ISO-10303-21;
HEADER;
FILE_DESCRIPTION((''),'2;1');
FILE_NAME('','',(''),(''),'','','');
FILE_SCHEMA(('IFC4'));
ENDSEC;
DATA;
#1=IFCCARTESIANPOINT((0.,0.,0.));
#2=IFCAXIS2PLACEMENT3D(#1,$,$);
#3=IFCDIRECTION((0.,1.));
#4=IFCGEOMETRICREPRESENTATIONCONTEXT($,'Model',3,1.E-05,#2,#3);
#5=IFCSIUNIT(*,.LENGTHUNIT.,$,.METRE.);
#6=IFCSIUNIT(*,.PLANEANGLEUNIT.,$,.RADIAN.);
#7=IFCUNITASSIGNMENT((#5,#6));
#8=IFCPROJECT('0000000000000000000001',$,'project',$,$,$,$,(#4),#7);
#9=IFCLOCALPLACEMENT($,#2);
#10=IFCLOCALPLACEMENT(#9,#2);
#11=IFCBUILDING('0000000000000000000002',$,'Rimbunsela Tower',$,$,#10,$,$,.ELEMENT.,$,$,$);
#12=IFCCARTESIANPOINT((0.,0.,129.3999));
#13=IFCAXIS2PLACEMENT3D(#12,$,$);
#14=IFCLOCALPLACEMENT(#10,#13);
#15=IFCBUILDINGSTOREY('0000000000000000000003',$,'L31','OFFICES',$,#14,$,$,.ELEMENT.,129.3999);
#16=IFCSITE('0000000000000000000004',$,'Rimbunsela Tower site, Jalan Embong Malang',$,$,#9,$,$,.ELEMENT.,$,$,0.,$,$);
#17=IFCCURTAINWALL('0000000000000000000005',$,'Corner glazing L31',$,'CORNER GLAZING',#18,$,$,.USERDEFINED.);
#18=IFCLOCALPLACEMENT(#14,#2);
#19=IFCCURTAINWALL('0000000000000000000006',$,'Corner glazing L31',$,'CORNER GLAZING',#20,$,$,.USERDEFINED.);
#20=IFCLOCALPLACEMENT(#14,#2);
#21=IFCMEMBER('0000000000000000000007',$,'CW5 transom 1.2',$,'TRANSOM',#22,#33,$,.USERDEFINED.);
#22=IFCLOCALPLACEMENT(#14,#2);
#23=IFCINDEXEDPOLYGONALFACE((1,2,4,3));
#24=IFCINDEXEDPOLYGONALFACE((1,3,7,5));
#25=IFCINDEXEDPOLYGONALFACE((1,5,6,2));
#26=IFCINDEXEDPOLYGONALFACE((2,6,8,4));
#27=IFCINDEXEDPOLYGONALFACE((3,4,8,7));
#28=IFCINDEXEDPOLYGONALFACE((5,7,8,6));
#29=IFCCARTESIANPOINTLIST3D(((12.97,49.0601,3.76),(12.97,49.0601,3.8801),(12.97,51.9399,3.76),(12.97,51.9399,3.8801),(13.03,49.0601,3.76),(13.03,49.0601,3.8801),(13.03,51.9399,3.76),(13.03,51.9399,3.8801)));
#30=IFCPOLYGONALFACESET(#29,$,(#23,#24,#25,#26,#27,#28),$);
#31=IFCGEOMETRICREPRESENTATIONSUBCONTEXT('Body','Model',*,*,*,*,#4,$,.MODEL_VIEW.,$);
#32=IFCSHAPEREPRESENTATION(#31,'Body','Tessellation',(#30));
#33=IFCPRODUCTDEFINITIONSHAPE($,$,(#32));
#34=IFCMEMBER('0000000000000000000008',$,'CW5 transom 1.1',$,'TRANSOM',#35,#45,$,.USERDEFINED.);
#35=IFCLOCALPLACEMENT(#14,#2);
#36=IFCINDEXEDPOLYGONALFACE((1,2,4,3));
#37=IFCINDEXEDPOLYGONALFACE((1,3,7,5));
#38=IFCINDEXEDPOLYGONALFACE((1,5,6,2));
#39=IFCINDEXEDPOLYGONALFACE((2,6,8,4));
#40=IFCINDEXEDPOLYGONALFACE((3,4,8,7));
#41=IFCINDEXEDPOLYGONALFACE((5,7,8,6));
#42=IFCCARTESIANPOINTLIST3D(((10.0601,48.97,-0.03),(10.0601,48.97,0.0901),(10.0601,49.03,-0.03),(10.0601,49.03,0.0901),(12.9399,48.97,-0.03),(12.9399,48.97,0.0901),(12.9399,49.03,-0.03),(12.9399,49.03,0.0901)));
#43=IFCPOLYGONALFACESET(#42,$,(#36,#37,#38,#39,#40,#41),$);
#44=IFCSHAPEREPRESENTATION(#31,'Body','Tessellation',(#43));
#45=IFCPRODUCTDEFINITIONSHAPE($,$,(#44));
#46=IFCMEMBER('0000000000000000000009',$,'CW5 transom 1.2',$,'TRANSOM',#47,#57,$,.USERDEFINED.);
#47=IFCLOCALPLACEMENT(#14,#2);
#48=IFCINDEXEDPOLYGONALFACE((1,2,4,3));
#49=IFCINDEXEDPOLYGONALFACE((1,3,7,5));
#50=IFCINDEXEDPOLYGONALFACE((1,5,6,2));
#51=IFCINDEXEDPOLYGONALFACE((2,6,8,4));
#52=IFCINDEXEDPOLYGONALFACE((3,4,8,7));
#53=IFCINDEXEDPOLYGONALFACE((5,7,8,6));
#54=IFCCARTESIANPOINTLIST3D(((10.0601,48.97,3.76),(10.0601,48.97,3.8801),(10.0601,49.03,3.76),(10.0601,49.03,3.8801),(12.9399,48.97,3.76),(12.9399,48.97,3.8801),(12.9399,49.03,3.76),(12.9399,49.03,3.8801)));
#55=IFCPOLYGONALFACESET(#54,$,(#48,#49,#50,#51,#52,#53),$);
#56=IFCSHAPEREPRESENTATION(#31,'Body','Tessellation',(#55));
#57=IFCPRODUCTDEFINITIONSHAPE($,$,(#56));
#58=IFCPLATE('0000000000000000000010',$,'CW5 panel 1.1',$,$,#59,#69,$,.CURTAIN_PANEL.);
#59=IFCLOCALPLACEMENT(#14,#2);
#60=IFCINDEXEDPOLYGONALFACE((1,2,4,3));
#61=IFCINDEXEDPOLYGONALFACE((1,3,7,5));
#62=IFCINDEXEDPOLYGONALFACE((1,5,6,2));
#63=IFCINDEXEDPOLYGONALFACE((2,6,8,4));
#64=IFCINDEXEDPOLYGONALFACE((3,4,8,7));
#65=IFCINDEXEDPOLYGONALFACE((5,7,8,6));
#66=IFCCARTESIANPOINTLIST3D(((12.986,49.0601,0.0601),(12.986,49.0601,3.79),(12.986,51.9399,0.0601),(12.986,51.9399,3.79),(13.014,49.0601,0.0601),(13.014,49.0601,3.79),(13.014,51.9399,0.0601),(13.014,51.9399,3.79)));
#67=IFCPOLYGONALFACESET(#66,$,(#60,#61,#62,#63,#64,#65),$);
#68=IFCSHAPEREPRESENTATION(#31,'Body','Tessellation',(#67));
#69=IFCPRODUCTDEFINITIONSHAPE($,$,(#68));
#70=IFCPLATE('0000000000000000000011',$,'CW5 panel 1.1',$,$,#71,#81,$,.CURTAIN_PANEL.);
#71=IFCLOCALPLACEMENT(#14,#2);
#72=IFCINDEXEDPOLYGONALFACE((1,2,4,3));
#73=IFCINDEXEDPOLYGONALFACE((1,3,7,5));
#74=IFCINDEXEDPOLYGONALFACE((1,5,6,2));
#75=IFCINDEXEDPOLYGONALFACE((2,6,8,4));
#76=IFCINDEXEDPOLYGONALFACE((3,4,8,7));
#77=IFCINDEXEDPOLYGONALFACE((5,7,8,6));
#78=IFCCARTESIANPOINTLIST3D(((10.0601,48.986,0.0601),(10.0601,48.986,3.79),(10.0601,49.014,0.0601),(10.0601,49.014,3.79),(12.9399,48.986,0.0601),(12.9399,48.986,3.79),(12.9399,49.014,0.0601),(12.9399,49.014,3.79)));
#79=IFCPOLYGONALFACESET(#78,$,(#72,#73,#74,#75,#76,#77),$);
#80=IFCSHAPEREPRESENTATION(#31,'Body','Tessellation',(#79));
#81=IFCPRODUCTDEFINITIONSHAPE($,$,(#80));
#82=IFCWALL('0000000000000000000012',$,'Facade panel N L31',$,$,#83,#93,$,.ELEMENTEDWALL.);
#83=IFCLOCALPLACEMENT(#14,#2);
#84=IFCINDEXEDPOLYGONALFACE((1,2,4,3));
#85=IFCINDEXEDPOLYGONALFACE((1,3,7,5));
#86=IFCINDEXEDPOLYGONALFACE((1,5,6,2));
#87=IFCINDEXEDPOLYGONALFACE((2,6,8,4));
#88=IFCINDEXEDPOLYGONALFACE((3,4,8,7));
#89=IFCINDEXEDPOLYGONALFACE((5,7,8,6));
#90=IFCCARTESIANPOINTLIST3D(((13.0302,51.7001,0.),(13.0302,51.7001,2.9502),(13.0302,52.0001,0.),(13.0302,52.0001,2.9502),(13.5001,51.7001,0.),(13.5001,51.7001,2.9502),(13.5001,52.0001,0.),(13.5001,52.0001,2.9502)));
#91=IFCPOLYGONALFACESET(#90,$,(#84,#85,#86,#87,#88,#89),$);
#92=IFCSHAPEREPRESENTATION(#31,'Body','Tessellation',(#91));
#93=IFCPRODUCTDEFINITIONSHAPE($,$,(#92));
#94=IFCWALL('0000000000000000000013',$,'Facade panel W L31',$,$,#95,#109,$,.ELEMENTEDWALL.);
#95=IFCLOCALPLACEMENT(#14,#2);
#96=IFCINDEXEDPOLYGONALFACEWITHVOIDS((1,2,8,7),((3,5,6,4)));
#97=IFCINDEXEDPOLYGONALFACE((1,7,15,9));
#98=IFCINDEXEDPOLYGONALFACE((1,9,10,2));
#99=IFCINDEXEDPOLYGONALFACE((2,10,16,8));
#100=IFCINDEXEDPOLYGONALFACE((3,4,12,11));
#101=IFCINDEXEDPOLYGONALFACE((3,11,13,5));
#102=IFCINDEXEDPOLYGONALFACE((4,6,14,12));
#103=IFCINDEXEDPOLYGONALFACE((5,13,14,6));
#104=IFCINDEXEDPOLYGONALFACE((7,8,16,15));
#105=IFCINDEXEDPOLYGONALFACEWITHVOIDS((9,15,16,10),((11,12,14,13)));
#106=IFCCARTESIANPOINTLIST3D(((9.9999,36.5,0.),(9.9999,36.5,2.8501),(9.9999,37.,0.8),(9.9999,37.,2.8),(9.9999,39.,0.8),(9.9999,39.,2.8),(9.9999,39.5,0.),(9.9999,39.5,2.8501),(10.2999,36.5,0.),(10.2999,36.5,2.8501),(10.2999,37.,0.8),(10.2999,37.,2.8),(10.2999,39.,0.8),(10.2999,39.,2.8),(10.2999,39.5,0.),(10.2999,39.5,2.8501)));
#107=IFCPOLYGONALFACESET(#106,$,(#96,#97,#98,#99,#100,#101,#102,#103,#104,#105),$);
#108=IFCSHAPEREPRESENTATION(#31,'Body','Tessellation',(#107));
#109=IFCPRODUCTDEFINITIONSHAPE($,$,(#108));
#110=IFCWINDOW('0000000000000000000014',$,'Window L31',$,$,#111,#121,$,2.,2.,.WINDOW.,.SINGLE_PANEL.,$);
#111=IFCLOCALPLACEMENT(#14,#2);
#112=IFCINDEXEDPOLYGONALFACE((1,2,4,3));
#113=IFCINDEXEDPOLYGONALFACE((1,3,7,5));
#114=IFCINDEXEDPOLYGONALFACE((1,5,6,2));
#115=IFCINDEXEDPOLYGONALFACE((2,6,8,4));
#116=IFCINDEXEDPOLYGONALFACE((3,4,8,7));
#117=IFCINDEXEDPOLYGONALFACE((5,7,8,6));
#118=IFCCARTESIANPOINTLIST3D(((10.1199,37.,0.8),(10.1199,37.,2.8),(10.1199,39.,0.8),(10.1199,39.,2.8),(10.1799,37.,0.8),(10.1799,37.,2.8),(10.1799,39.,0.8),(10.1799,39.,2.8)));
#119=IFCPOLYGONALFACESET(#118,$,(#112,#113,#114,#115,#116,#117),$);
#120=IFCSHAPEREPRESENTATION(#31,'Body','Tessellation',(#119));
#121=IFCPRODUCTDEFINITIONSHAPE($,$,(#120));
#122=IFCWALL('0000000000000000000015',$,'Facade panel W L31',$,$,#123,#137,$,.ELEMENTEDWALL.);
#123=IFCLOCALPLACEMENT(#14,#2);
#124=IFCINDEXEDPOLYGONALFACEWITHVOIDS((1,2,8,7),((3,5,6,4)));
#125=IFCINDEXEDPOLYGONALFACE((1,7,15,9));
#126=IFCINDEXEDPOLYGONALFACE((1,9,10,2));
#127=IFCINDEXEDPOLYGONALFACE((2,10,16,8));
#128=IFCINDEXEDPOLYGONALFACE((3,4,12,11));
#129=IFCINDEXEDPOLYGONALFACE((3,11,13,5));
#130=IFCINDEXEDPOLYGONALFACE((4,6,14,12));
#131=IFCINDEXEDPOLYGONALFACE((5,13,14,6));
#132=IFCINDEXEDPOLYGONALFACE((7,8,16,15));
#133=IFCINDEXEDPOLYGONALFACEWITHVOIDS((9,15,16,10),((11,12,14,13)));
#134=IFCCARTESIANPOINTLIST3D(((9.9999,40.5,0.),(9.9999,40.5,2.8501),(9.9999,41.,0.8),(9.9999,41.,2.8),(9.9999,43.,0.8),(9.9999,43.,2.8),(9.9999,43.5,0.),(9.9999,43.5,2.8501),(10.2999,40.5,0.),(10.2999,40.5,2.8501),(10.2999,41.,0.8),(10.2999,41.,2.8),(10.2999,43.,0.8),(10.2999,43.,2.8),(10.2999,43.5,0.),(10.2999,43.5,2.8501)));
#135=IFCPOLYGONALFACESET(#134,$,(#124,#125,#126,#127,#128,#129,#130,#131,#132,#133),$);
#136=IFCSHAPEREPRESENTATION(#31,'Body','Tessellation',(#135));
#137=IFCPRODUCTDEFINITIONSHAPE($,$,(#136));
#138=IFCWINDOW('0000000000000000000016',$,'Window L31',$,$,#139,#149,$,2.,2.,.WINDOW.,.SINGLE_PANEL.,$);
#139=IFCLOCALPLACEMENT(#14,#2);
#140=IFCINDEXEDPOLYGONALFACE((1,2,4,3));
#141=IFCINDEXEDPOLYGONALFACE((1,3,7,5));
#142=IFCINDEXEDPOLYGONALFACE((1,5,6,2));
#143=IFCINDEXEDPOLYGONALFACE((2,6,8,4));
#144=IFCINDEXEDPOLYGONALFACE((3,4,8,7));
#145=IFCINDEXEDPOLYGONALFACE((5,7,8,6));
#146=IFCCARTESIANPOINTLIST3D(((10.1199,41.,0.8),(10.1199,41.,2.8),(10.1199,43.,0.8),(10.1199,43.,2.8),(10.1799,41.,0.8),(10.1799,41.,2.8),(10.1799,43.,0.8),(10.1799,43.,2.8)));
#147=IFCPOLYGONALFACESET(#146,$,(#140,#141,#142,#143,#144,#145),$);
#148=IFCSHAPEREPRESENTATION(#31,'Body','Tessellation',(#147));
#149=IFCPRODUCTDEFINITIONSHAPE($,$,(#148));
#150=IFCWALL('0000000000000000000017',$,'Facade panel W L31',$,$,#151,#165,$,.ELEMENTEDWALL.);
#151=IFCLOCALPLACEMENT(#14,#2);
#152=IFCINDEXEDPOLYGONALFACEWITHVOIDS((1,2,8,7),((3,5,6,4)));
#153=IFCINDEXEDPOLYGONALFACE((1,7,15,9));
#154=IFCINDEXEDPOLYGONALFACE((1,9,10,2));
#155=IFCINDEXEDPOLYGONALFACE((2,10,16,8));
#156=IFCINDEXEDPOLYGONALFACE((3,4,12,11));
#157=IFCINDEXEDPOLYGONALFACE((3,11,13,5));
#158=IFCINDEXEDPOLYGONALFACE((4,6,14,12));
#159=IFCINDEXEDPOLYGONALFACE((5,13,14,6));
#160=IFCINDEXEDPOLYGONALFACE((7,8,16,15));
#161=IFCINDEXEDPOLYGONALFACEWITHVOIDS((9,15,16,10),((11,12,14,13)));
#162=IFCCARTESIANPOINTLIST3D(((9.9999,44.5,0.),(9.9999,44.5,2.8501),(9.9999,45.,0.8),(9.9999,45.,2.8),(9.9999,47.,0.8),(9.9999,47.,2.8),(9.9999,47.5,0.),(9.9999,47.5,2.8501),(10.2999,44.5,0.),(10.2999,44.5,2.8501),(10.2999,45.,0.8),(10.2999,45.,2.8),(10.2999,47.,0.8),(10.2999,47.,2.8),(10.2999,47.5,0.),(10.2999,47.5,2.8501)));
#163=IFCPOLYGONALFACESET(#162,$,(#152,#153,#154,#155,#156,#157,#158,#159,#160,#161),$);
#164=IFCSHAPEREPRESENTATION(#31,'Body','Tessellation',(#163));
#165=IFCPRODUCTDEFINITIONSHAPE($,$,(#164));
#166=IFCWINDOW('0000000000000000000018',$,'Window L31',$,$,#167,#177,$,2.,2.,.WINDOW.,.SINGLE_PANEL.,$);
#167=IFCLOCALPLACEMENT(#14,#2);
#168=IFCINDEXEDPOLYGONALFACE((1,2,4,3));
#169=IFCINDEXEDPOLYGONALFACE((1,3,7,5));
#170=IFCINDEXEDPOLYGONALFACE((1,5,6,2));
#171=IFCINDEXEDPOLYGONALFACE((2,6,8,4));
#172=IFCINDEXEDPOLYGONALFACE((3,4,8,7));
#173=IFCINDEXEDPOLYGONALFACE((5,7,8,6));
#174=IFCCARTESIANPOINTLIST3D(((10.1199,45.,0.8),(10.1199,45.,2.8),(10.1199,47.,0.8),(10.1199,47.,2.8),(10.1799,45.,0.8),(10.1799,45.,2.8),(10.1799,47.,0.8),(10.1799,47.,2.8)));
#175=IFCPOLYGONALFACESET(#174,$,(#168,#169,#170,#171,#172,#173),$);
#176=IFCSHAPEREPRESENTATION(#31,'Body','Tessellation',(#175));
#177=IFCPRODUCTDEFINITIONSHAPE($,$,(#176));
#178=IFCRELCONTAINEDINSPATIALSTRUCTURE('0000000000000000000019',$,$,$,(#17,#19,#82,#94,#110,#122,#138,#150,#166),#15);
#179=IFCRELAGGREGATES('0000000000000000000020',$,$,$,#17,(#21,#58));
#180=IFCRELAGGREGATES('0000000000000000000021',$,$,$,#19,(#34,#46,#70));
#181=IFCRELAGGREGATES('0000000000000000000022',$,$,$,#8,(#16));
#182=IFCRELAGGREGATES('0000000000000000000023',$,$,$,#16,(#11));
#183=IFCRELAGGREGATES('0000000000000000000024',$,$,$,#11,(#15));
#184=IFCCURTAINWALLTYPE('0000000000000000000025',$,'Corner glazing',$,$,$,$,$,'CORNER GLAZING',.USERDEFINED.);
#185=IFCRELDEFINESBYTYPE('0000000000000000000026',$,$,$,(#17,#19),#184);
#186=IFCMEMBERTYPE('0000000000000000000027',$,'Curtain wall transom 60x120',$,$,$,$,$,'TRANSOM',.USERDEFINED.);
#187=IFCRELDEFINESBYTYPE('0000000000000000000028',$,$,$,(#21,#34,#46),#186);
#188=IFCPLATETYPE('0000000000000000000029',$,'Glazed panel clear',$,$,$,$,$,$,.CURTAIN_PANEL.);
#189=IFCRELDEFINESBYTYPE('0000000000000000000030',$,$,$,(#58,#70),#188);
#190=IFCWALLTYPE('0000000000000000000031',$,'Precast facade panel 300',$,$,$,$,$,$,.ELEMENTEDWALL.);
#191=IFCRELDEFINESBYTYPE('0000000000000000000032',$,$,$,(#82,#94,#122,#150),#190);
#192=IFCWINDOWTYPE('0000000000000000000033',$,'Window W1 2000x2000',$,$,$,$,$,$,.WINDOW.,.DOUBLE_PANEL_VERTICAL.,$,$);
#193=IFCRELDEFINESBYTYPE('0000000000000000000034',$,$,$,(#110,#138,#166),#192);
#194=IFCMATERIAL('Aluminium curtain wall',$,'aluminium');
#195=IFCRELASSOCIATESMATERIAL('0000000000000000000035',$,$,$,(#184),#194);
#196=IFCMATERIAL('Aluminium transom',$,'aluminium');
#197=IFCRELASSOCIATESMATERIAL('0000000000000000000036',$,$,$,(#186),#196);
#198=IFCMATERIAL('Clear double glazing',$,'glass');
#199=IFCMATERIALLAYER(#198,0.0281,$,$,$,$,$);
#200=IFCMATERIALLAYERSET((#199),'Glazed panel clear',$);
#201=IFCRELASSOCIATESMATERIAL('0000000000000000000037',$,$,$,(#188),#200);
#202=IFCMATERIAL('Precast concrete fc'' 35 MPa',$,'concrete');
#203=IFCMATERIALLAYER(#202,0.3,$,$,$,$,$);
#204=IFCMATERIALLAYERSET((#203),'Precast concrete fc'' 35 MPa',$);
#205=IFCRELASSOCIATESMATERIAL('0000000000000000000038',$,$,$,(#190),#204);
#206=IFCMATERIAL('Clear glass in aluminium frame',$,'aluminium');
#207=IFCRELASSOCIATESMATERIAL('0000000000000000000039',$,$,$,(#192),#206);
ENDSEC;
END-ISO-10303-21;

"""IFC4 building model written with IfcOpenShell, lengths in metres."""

from ifc_helpers import new_model, si_unit, direction, frame, frame_2d, origin, origin_2d, place, context, subcontext, project, spatial, rectangle, extrude, material, layer, layer_set, material_profile, profile_set, type_object, element, fill, aggregate, save


model = new_model("IFC4")

# Units and contexts
model_context = context("Model", 3, precision=1e-05, world=origin(), true_north=direction((0.0, 1.0)))
body_context = subcontext(model_context, "Body", "Model", "MODEL_VIEW")
ifc_project = project(units=[si_unit("LENGTHUNIT", "METRE"), si_unit("PLANEANGLEUNIT", "RADIAN")], contexts=[model_context])

# Site, building, storey
site_placement = place(None, origin())
site = spatial("IfcSite", under=ifc_project, at=site_placement, Name="Rimbunsela Tower site, Jalan Embong Malang", CompositionType="ELEMENT", RefElevation=0.0)
building_placement = place(site_placement, origin())
building = spatial("IfcBuilding", under=site, at=building_placement, Name="Rimbunsela Tower", CompositionType="ELEMENT")
storey_placement = place(building_placement, frame((0.0, 0.0, 129.3999)))
storey = spatial("IfcBuildingStorey", under=building, at=storey_placement, Name="L31", Description="OFFICES", CompositionType="ELEMENT", Elevation=129.3999)

# Curtain walls
ifc_material_1 = material(Name="Aluminium curtain wall", Category="aluminium")
curtain_wall_type = type_object("IfcCurtainWallType", Name="Corner glazing", ElementType="CORNER GLAZING", PredefinedType="USERDEFINED", material=ifc_material_1)
curtain_wall_1_placement = place(storey_placement, origin())
curtain_wall_1 = element("IfcCurtainWall", 1, at=curtain_wall_1_placement, inside=storey, type_object=curtain_wall_type, Name="Corner glazing L31", ObjectType="CORNER GLAZING", PredefinedType="USERDEFINED")
curtain_wall_2_placement = place(storey_placement, origin())
curtain_wall_2 = element("IfcCurtainWall", 2, at=curtain_wall_2_placement, inside=storey, type_object=curtain_wall_type, Name="Corner glazing L31", ObjectType="CORNER GLAZING", PredefinedType="USERDEFINED")

# Members
ifc_material_2 = material(Name="Aluminium transom", Category="aluminium")
ifc_material_profile_1 = material_profile(ifc_material_2, rectangle(XDim=0.0601, YDim=0.1201, at=origin_2d()), Name="Transom 60x120")
ifc_profile_set_1 = profile_set([ifc_material_profile_1], Name="Aluminium transom")
member_type_1 = type_object("IfcMemberType", Name="Curtain wall transom 60x120", ElementType="TRANSOM", PredefinedType="USERDEFINED", material=ifc_profile_set_1)
member_1_placement = place(storey_placement, frame((13.0, 51.9399, 3.8201), z_axis=(0.0, -1.0, 0.0), x_axis=(1.0, 0.0, 0.0)))
member_1 = element("IfcMember", 3, at=member_1_placement, type_object=member_type_1, Name="CW5 transom 1.2", ObjectType="TRANSOM", PredefinedType="USERDEFINED", context=body_context, shape_type="SweptSolid", body=[
    extrude(rectangle(XDim=0.0601, YDim=0.1201, at=origin_2d()), origin(), (0.0, 0.0, 1.0), 2.8799),
])
member_2_placement = place(storey_placement, frame((12.9399, 49.0, 0.03), z_axis=(-1.0, 0.0, 0.0), x_axis=(0.0, -1.0, 0.0)))
member_2 = element("IfcMember", 4, at=member_2_placement, type_object=member_type_1, Name="CW5 transom 1.1", ObjectType="TRANSOM", PredefinedType="USERDEFINED", context=body_context, shape_type="SweptSolid", body=[
    extrude(rectangle(XDim=0.0601, YDim=0.1201, at=origin_2d()), origin(), (0.0, 0.0, 1.0), 2.8799),
])
member_3_placement = place(storey_placement, frame((12.9399, 49.0, 3.8201), z_axis=(-1.0, 0.0, 0.0), x_axis=(0.0, -1.0, 0.0)))
member_3 = element("IfcMember", 5, at=member_3_placement, type_object=member_type_1, Name="CW5 transom 1.2", ObjectType="TRANSOM", PredefinedType="USERDEFINED", context=body_context, shape_type="SweptSolid", body=[
    extrude(rectangle(XDim=0.0601, YDim=0.1201, at=origin_2d()), origin(), (0.0, 0.0, 1.0), 2.8799),
])

# Plates
ifc_material_3 = material(Name="Clear double glazing", Category="glass")
ifc_layer_1 = layer(ifc_material_3, 0.0281)
ifc_layer_set_1 = layer_set([ifc_layer_1], Name="Glazed panel clear")
plate_type = type_object("IfcPlateType", Name="Glazed panel clear", PredefinedType="CURTAIN_PANEL", material=ifc_layer_set_1)
plate_1_placement = place(storey_placement, frame((13.0, 50.5, 0.0601), z_axis=(0.0, 0.0, 1.0), x_axis=(0.0, -1.0, 0.0)))
plate_1 = element("IfcPlate", 6, at=plate_1_placement, type_object=plate_type, Name="CW5 panel 1.1", PredefinedType="CURTAIN_PANEL", context=body_context, shape_type="SweptSolid", body=[
    extrude(rectangle(XDim=2.8799, YDim=0.0281, at=origin_2d()), origin(), (0.0, 0.0, 1.0), 3.73),
])
aggregate(curtain_wall_1, [member_1, plate_1])
plate_2_placement = place(storey_placement, frame((11.5, 49.0, 0.0601), z_axis=(0.0, 0.0, 1.0), x_axis=(-1.0, 0.0, 0.0)))
plate_2 = element("IfcPlate", 7, at=plate_2_placement, type_object=plate_type, Name="CW5 panel 1.1", PredefinedType="CURTAIN_PANEL", context=body_context, shape_type="SweptSolid", body=[
    extrude(rectangle(XDim=2.8799, YDim=0.0281, at=origin_2d()), origin(), (0.0, 0.0, 1.0), 3.73),
])
aggregate(curtain_wall_2, [member_2, member_3, plate_2])

# Wall
ifc_material_4 = material(Name="Precast concrete fc' 35 MPa", Category="concrete")
ifc_layer_2 = layer(ifc_material_4, 0.3)
ifc_layer_set_2 = layer_set([ifc_layer_2], Name="Precast concrete fc' 35 MPa")
wall_type = type_object("IfcWallType", Name="Precast facade panel 300", PredefinedType="ELEMENTEDWALL", material=ifc_layer_set_2)
wall_1_placement = place(storey_placement, frame((13.5, 51.8501, 0.0), z_axis=(0.0, 0.0, 1.0), x_axis=(-1.0, 0.0, 0.0)))
element("IfcWall", 8, at=wall_1_placement, inside=storey, type_object=wall_type, Name="Facade panel N L31", PredefinedType="ELEMENTEDWALL", context=body_context, shape_type="SweptSolid", body=[
    extrude(rectangle(XDim=0.47, YDim=0.3, at=frame_2d((0.2349, 0.0))), origin(), (0.0, 0.0, 1.0), 2.9502),
])

# Walls, openings, windows
wall_2_placement = place(storey_placement, frame((10.1499, 39.5, 0.0), z_axis=(0.0, 0.0, 1.0), x_axis=(0.0, -1.0, 0.0)))
wall_2 = element("IfcWall", 9, at=wall_2_placement, inside=storey, type_object=wall_type, Name="Facade panel W L31", PredefinedType="ELEMENTEDWALL", context=body_context, shape_type="SweptSolid", body=[
    extrude(rectangle(XDim=3.0, YDim=0.3, at=frame_2d((1.5, 0.0))), origin(), (0.0, 0.0, 1.0), 2.8501),
])
opening_1_placement = place(wall_2_placement, frame((0.5, 0.0, 0.8)))
opening_1 = element("IfcOpeningElement", 10, at=opening_1_placement, cuts=wall_2, PredefinedType="OPENING", context=body_context, shape_type="SweptSolid", body=[
    extrude(rectangle(XDim=2.0, YDim=2.0, at=frame_2d((1.0, 1.0))), frame((0.0, 0.1599, 0.0), z_axis=(0.0, -1.0, 0.0), x_axis=(1.0, 0.0, 0.0)), (0.0, 0.0, 1.0), 0.3201),
])
ifc_material_5 = material(Name="Clear glass in aluminium frame", Category="aluminium")
window_type = type_object("IfcWindowType", Name="Window W1 2000x2000", PartitioningType="DOUBLE_PANEL_VERTICAL", PredefinedType="WINDOW", material=ifc_material_5)
window_1_placement = place(opening_1_placement, origin())
window_1 = element("IfcWindow", 11, at=window_1_placement, inside=storey, type_object=window_type, Name="Window L31", OverallHeight=2.0, OverallWidth=2.0, PartitioningType="SINGLE_PANEL", PredefinedType="WINDOW", context=body_context, shape_type="SweptSolid", body=[
    extrude(rectangle(XDim=2.0, YDim=2.0, at=frame_2d((1.0, 1.0))), frame((0.0, 0.03, 0.0), z_axis=(0.0, -1.0, 0.0), x_axis=(1.0, 0.0, 0.0)), (0.0, 0.0, 1.0), 0.0601),
])
fill(opening_1, window_1)
wall_3_placement = place(storey_placement, frame((10.1499, 43.5, 0.0), z_axis=(0.0, 0.0, 1.0), x_axis=(0.0, -1.0, 0.0)))
wall_3 = element("IfcWall", 12, at=wall_3_placement, inside=storey, type_object=wall_type, Name="Facade panel W L31", PredefinedType="ELEMENTEDWALL", context=body_context, shape_type="SweptSolid", body=[
    extrude(rectangle(XDim=3.0, YDim=0.3, at=frame_2d((1.5, 0.0))), origin(), (0.0, 0.0, 1.0), 2.8501),
])
opening_2_placement = place(wall_3_placement, frame((0.5, 0.0, 0.8)))
opening_2 = element("IfcOpeningElement", 13, at=opening_2_placement, cuts=wall_3, PredefinedType="OPENING", context=body_context, shape_type="SweptSolid", body=[
    extrude(rectangle(XDim=2.0, YDim=2.0, at=frame_2d((1.0, 1.0))), frame((0.0, 0.1599, 0.0), z_axis=(0.0, -1.0, 0.0), x_axis=(1.0, 0.0, 0.0)), (0.0, 0.0, 1.0), 0.3201),
])
window_2_placement = place(opening_2_placement, origin())
window_2 = element("IfcWindow", 14, at=window_2_placement, inside=storey, type_object=window_type, Name="Window L31", OverallHeight=2.0, OverallWidth=2.0, PartitioningType="SINGLE_PANEL", PredefinedType="WINDOW", context=body_context, shape_type="SweptSolid", body=[
    extrude(rectangle(XDim=2.0, YDim=2.0, at=frame_2d((1.0, 1.0))), frame((0.0, 0.03, 0.0), z_axis=(0.0, -1.0, 0.0), x_axis=(1.0, 0.0, 0.0)), (0.0, 0.0, 1.0), 0.0601),
])
fill(opening_2, window_2)
wall_4_placement = place(storey_placement, frame((10.1499, 47.5, 0.0), z_axis=(0.0, 0.0, 1.0), x_axis=(0.0, -1.0, 0.0)))
wall_4 = element("IfcWall", 15, at=wall_4_placement, inside=storey, type_object=wall_type, Name="Facade panel W L31", PredefinedType="ELEMENTEDWALL", context=body_context, shape_type="SweptSolid", body=[
    extrude(rectangle(XDim=3.0, YDim=0.3, at=frame_2d((1.5, 0.0))), origin(), (0.0, 0.0, 1.0), 2.8501),
])
opening_3_placement = place(wall_4_placement, frame((0.5, 0.0, 0.8)))
opening_3 = element("IfcOpeningElement", 16, at=opening_3_placement, cuts=wall_4, PredefinedType="OPENING", context=body_context, shape_type="SweptSolid", body=[
    extrude(rectangle(XDim=2.0, YDim=2.0, at=frame_2d((1.0, 1.0))), frame((0.0, 0.1599, 0.0), z_axis=(0.0, -1.0, 0.0), x_axis=(1.0, 0.0, 0.0)), (0.0, 0.0, 1.0), 0.3201),
])
window_3_placement = place(opening_3_placement, origin())
window_3 = element("IfcWindow", 17, at=window_3_placement, inside=storey, type_object=window_type, Name="Window L31", OverallHeight=2.0, OverallWidth=2.0, PartitioningType="SINGLE_PANEL", PredefinedType="WINDOW", context=body_context, shape_type="SweptSolid", body=[
    extrude(rectangle(XDim=2.0, YDim=2.0, at=frame_2d((1.0, 1.0))), frame((0.0, 0.03, 0.0), z_axis=(0.0, -1.0, 0.0), x_axis=(1.0, 0.0, 0.0)), (0.0, 0.0, 1.0), 0.0601),
])
fill(opening_3, window_3)

save(model, "model.ifc")
